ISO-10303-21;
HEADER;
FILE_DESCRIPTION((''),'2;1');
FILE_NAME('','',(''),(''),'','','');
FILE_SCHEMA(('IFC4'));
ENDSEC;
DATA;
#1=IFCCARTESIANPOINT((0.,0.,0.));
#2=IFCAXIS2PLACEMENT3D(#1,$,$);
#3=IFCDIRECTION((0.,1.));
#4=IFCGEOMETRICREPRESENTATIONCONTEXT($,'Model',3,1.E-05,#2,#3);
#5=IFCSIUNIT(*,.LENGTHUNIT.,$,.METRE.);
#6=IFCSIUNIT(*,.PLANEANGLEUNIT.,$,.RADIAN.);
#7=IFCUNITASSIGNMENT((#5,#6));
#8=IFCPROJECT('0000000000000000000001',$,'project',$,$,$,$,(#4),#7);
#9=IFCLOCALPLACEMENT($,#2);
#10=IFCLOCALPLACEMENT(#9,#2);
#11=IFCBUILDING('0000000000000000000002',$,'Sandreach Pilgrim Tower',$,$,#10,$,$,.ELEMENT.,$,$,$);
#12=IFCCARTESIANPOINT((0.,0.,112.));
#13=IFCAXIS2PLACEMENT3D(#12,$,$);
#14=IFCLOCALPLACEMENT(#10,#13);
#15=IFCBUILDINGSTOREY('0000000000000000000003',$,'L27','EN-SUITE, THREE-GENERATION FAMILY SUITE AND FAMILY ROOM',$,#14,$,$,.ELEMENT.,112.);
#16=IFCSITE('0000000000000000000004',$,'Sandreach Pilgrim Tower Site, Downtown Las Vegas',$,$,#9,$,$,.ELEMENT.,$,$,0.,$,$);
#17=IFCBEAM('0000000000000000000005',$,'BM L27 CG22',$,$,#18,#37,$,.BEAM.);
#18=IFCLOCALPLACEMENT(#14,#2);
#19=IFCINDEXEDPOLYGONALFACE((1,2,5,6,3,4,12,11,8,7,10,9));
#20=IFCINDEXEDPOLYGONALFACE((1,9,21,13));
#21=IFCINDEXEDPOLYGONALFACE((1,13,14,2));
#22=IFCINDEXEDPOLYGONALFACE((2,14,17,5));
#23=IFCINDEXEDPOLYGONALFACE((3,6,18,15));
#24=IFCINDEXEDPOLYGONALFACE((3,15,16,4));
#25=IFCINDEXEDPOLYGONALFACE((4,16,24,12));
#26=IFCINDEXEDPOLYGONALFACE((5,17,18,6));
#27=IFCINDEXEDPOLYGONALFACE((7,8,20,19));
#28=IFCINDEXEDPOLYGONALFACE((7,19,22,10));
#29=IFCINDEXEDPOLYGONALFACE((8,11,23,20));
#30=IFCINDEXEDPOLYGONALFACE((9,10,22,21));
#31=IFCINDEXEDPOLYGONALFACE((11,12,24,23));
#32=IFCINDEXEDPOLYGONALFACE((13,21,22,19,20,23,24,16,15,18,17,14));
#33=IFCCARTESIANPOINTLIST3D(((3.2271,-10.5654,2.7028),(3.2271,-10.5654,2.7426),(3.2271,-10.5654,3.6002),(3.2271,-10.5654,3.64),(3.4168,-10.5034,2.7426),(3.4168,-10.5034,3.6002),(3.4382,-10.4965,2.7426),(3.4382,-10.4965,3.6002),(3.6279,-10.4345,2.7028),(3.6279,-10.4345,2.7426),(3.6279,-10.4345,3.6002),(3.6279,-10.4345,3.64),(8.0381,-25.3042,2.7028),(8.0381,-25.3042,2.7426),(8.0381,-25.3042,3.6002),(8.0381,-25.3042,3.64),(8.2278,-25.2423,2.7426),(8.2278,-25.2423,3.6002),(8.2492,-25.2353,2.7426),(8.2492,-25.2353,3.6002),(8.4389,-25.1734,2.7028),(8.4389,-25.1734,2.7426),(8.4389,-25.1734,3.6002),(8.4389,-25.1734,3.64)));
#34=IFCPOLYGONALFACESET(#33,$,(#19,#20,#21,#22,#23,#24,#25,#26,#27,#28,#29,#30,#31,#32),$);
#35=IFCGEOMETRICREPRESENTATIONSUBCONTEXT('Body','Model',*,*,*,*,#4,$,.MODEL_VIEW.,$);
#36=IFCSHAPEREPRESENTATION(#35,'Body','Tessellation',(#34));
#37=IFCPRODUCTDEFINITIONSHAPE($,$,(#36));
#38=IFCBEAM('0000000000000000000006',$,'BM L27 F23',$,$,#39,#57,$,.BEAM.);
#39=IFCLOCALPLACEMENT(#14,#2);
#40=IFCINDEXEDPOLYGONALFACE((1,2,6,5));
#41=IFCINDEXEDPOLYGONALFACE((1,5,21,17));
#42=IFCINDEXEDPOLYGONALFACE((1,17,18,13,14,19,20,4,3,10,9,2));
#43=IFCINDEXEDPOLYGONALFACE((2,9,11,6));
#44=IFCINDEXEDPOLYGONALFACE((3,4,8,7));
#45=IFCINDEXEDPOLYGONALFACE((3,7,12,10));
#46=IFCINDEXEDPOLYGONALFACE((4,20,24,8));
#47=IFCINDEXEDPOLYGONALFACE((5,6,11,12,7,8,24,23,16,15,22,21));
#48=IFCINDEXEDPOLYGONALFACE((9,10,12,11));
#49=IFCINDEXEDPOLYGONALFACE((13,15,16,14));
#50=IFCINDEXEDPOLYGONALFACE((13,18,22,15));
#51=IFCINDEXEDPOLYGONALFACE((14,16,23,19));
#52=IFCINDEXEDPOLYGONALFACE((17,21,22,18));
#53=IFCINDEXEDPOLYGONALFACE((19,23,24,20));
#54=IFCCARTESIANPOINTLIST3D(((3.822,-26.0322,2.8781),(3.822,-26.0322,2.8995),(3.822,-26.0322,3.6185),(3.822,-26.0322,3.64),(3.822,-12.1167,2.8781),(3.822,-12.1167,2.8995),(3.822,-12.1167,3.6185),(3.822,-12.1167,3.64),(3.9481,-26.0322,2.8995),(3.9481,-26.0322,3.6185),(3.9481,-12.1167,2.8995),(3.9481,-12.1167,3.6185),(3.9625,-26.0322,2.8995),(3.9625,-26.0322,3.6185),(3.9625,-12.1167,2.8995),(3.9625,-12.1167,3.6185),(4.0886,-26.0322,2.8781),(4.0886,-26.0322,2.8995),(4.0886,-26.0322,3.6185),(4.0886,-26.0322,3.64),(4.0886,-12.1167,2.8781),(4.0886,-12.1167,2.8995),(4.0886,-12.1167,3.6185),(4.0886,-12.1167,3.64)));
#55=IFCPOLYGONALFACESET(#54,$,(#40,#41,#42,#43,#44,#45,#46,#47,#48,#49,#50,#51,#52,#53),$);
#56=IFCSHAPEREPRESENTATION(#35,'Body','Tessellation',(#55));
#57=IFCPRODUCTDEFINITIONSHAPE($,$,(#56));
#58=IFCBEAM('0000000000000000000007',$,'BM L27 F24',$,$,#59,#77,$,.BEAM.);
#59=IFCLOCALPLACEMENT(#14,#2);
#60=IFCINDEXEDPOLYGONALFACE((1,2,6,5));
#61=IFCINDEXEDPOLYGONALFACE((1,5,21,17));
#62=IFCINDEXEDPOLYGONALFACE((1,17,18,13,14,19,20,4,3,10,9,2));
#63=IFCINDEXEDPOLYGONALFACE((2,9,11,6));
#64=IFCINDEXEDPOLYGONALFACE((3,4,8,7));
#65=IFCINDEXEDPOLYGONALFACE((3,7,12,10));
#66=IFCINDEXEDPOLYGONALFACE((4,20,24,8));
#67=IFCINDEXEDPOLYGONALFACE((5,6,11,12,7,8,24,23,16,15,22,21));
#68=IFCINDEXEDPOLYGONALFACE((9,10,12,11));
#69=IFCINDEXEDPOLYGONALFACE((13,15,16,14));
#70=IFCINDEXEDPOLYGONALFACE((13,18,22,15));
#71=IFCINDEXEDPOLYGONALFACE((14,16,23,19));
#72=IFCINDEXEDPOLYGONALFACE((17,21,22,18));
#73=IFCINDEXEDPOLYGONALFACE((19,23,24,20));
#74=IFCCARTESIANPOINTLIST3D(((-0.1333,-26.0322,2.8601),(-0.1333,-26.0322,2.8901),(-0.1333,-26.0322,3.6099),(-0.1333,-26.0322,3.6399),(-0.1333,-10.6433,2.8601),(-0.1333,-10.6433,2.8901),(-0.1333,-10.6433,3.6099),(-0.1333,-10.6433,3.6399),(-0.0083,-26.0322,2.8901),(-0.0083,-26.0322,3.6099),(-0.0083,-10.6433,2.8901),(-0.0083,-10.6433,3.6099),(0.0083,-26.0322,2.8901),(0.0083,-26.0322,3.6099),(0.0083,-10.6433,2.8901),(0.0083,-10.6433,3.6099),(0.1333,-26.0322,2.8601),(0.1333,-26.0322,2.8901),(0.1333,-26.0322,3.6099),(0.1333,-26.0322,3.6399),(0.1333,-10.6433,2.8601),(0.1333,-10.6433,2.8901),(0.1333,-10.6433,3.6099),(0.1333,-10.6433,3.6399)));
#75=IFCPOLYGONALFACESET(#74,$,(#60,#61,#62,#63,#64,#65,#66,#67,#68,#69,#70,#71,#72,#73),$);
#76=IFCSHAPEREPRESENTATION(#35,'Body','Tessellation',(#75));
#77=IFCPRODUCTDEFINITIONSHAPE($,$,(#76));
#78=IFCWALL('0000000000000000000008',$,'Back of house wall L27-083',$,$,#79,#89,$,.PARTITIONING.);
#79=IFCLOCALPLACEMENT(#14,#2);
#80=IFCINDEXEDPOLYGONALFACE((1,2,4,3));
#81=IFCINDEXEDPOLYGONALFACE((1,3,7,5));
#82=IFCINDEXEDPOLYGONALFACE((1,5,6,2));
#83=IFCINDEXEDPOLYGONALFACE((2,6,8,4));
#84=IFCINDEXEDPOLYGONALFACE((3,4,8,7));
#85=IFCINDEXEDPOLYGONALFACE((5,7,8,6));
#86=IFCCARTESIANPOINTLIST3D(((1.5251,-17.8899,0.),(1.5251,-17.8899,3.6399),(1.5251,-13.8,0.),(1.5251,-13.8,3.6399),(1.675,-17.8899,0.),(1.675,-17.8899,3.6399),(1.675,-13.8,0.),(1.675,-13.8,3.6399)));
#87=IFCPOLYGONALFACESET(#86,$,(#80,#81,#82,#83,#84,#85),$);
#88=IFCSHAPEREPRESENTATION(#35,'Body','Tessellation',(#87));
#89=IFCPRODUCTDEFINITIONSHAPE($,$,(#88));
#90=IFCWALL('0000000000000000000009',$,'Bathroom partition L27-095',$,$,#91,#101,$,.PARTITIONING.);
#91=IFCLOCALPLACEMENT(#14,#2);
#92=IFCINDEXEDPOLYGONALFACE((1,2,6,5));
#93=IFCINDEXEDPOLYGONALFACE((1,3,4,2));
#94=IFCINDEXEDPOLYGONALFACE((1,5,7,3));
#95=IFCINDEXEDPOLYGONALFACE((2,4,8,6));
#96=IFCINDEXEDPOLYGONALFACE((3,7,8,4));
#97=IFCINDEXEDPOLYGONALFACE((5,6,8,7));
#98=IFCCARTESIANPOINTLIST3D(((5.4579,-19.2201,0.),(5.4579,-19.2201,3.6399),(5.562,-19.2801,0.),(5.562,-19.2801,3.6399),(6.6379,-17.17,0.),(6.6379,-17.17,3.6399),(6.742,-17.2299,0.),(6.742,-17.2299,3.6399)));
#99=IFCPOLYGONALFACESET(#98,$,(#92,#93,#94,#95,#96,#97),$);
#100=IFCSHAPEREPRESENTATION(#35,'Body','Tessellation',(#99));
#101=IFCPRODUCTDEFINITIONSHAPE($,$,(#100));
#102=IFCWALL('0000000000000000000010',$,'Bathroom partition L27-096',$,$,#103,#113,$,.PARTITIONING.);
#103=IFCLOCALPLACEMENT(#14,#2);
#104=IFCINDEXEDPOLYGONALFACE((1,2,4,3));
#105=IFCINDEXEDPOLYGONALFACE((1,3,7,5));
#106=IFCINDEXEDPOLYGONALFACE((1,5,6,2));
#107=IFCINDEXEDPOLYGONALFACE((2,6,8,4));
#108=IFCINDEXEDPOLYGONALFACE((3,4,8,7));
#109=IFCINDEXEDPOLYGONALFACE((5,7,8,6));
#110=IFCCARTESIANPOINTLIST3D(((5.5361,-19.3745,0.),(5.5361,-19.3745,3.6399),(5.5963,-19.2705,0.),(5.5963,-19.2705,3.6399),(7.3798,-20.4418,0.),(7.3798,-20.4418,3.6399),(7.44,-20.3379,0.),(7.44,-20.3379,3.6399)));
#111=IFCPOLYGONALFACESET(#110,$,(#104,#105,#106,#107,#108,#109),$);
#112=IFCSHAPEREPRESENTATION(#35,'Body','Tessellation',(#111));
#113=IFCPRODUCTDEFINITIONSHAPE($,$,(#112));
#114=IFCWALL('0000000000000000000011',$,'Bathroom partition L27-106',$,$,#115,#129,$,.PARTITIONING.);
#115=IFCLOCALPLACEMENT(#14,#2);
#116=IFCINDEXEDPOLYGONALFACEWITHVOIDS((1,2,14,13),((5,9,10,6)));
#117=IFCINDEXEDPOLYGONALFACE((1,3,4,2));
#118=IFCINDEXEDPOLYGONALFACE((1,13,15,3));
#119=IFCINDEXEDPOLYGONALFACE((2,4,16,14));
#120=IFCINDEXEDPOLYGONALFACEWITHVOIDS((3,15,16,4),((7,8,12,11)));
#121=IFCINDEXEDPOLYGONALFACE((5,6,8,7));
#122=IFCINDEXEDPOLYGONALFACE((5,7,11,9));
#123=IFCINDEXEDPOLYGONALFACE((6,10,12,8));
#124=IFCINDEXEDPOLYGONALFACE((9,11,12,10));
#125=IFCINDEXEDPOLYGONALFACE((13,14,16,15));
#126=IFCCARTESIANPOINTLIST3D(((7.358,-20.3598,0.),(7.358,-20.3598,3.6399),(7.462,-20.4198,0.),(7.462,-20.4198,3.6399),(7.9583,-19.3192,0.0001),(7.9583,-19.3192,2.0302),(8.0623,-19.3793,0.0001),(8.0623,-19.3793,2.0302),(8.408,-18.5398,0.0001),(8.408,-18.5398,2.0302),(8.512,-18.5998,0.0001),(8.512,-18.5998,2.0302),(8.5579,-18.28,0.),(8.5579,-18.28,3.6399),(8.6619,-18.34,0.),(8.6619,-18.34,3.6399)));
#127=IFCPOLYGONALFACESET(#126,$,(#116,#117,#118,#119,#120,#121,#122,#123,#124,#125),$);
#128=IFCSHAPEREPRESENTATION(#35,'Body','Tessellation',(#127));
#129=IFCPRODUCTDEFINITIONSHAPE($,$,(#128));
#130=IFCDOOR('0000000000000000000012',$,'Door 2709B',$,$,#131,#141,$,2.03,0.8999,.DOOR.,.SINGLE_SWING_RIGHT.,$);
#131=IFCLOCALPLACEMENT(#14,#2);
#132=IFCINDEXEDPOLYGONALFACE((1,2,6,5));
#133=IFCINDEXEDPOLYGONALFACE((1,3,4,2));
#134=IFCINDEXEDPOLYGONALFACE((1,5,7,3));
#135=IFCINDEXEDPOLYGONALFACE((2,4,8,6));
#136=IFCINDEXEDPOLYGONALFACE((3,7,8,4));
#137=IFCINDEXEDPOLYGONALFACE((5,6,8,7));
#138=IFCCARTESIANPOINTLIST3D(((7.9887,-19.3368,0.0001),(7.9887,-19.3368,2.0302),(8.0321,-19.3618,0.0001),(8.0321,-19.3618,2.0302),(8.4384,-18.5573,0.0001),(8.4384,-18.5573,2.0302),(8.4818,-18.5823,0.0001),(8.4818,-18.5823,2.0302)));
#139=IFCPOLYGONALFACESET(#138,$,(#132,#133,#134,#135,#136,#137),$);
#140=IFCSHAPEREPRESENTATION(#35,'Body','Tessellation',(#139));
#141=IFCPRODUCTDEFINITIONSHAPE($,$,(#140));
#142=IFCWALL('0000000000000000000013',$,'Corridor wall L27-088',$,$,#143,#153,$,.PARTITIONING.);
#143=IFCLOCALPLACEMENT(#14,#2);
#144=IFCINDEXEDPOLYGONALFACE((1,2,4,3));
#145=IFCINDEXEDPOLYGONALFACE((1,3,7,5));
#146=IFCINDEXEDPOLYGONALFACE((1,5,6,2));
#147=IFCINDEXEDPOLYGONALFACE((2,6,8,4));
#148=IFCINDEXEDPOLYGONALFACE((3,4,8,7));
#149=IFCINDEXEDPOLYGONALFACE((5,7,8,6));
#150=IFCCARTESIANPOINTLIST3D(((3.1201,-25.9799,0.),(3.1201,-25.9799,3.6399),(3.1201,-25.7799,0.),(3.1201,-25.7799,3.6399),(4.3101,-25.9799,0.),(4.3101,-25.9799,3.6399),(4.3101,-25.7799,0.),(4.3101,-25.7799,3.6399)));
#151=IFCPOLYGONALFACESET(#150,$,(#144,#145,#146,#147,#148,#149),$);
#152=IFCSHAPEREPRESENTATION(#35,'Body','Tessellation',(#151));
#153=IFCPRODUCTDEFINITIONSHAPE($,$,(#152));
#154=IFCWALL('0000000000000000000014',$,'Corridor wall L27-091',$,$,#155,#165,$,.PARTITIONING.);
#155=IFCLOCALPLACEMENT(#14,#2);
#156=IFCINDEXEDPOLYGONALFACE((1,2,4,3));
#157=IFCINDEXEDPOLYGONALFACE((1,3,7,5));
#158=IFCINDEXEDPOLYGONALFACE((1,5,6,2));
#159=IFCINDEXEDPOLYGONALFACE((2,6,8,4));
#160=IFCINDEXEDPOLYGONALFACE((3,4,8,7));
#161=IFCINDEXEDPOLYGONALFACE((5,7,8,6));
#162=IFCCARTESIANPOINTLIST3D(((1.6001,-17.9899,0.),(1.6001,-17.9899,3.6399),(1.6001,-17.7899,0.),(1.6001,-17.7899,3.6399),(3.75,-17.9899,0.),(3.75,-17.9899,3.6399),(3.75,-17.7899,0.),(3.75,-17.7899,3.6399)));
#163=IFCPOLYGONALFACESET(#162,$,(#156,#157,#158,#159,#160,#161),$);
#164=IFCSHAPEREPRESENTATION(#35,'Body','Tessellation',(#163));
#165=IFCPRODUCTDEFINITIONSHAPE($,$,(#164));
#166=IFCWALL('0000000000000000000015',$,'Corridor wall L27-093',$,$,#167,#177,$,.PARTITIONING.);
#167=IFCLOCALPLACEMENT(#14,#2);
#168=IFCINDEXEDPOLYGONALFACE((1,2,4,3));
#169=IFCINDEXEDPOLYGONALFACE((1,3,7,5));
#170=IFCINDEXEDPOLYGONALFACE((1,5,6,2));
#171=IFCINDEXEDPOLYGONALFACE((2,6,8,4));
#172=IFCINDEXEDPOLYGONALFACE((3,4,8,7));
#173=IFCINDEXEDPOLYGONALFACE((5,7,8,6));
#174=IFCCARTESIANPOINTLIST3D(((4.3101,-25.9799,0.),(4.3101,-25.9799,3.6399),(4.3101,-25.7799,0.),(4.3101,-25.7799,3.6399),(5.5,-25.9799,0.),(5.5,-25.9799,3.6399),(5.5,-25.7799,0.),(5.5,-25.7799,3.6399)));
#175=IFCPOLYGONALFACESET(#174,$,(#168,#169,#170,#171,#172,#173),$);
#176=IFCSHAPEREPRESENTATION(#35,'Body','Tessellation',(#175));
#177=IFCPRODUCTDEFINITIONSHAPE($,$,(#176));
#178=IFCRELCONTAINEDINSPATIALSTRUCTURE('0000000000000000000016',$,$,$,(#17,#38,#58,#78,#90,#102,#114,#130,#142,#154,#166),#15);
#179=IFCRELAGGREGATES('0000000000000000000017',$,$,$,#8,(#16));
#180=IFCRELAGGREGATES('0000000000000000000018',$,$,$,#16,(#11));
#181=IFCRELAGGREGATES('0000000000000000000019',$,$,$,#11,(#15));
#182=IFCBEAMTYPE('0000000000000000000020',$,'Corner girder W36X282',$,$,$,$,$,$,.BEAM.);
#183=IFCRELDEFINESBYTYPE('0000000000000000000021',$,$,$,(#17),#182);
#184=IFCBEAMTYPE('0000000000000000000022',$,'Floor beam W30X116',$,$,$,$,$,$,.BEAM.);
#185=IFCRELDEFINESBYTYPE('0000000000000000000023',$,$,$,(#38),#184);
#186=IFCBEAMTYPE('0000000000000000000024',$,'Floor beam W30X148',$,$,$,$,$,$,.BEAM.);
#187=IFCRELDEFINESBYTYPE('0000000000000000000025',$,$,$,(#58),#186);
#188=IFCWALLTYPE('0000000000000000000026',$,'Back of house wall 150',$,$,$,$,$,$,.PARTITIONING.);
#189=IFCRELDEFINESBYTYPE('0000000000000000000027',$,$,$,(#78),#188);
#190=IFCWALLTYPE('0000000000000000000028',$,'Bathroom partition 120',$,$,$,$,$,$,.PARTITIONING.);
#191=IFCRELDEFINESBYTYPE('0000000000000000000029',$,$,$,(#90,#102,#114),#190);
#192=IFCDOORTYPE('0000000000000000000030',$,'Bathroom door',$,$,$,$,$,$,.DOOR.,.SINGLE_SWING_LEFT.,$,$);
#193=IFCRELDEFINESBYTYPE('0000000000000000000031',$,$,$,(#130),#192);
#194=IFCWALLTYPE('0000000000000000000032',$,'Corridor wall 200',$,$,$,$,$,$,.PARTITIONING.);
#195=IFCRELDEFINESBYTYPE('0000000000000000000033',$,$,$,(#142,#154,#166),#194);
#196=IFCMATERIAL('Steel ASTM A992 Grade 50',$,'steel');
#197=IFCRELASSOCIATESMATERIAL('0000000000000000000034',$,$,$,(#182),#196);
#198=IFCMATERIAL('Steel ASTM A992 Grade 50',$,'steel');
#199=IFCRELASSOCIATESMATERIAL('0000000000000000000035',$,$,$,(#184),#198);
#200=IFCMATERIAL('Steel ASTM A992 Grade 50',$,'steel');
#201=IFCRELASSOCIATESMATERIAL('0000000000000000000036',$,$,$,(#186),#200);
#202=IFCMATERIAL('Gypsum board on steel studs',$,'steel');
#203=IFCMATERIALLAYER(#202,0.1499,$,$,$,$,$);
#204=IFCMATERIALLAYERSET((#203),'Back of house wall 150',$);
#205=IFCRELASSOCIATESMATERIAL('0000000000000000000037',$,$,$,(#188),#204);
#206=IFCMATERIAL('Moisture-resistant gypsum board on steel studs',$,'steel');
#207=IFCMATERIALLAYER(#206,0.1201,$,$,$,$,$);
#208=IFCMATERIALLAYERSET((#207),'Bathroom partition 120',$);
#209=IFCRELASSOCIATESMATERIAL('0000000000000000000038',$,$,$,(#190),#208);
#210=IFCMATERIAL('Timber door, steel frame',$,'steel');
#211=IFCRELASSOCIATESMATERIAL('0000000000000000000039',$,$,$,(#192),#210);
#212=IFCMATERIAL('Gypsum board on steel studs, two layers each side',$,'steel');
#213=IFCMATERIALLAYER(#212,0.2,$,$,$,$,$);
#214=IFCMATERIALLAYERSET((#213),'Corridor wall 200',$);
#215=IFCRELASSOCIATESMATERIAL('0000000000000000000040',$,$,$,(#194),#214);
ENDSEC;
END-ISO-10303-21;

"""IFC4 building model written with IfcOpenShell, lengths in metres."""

from ifc_helpers import new_model, si_unit, direction, frame, frame_2d, origin, origin_2d, place, context, subcontext, project, spatial, rectangle, i_section, extrude, material, layer, layer_set, material_profile, profile_set, type_object, element, fill, save


model = new_model("IFC4")

# Units and contexts
model_context = context("Model", 3, precision=1e-05, world=origin(), true_north=direction((0.0, 1.0)))
body_context = subcontext(model_context, "Body", "Model", "MODEL_VIEW")
ifc_project = project(units=[si_unit("LENGTHUNIT", "METRE"), si_unit("PLANEANGLEUNIT", "RADIAN")], contexts=[model_context])

# Site, building, storey
site_placement = place(None, origin())
site = spatial("IfcSite", under=ifc_project, at=site_placement, Name="Sandreach Pilgrim Tower Site, Downtown Las Vegas", CompositionType="ELEMENT", RefElevation=0.0)
building_placement = place(site_placement, origin())
building = spatial("IfcBuilding", under=site, at=building_placement, Name="Sandreach Pilgrim Tower", CompositionType="ELEMENT")
storey_placement = place(building_placement, frame((0.0, 0.0, 112.0)))
storey = spatial("IfcBuildingStorey", under=building, at=storey_placement, Name="L27", Description="EN-SUITE, THREE-GENERATION FAMILY SUITE AND FAMILY ROOM", CompositionType="ELEMENT", Elevation=112.0)

# Beams
ifc_material_1 = material(Name="Steel ASTM A992 Grade 50", Category="steel")
ifc_material_profile_1 = material_profile(ifc_material_1, i_section(OverallWidth=0.4216, OverallDepth=0.9373, WebThickness=0.0225, FlangeThickness=0.0398, at=origin_2d()), Name="W36X282")
ifc_profile_set_1 = profile_set([ifc_material_profile_1], Name="Steel ASTM A992 Grade 50")
beam_type_1 = type_object("IfcBeamType", Name="Corner girder W36X282", PredefinedType="BEAM", material=ifc_profile_set_1)
beam_1_placement = place(storey_placement, frame((8.2385, -25.2388, 3.1714), z_axis=(-0.310307, 0.950636, 0.0), x_axis=(-0.950636, -0.310307, 0.0)))
element("IfcBeam", 1, at=beam_1_placement, inside=storey, type_object=beam_type_1, Name="BM L27 CG22", PredefinedType="BEAM", context=body_context, shape_type="SweptSolid", body=[
    extrude(i_section(OverallWidth=0.4216, OverallDepth=0.9373, WebThickness=0.0225, FlangeThickness=0.0398, at=origin_2d()), origin(), (0.0, 0.0, 1.0), 15.5042),
])
ifc_material_2 = material(Name="Steel ASTM A992 Grade 50", Category="steel")
ifc_material_profile_2 = material_profile(ifc_material_2, i_section(OverallWidth=0.2666, OverallDepth=0.762, WebThickness=0.0144, FlangeThickness=0.0215, at=origin_2d()), Name="W30X116")
ifc_profile_set_2 = profile_set([ifc_material_profile_2], Name="Steel ASTM A992 Grade 50")
beam_type_2 = type_object("IfcBeamType", Name="Floor beam W30X116", PredefinedType="BEAM", material=ifc_profile_set_2)
beam_2_placement = place(storey_placement, frame((3.9553, -26.0322, 3.259), z_axis=(0.0, 1.0, 0.0), x_axis=(-1.0, 0.0, 0.0)))
element("IfcBeam", 2, at=beam_2_placement, inside=storey, type_object=beam_type_2, Name="BM L27 F23", PredefinedType="BEAM", context=body_context, shape_type="SweptSolid", body=[
    extrude(i_section(OverallWidth=0.2666, OverallDepth=0.762, WebThickness=0.0144, FlangeThickness=0.0215, at=origin_2d()), origin(), (0.0, 0.0, 1.0), 13.9155),
])
ifc_material_3 = material(Name="Steel ASTM A992 Grade 50", Category="steel")
ifc_material_profile_3 = material_profile(ifc_material_3, i_section(OverallWidth=0.2666, OverallDepth=0.7798, WebThickness=0.0166, FlangeThickness=0.03, at=origin_2d()), Name="W30X148")
ifc_profile_set_3 = profile_set([ifc_material_profile_3], Name="Steel ASTM A992 Grade 50")
beam_type_3 = type_object("IfcBeamType", Name="Floor beam W30X148", PredefinedType="BEAM", material=ifc_profile_set_3)
beam_3_placement = place(storey_placement, frame((0.0, -26.0322, 3.25), z_axis=(0.0, 1.0, 0.0), x_axis=(-1.0, 0.0, 0.0)))
element("IfcBeam", 3, at=beam_3_placement, inside=storey, type_object=beam_type_3, Name="BM L27 F24", PredefinedType="BEAM", context=body_context, shape_type="SweptSolid", body=[
    extrude(i_section(OverallWidth=0.2666, OverallDepth=0.7798, WebThickness=0.0166, FlangeThickness=0.03, at=origin_2d()), origin(), (0.0, 0.0, 1.0), 15.3889),
])

# Walls
ifc_material_4 = material(Name="Gypsum board on steel studs", Category="steel")
ifc_layer_1 = layer(ifc_material_4, 0.1499)
ifc_layer_set_1 = layer_set([ifc_layer_1], Name="Back of house wall 150")
wall_type_1 = type_object("IfcWallType", Name="Back of house wall 150", PredefinedType="PARTITIONING", material=ifc_layer_set_1)
wall_1_placement = place(storey_placement, frame((1.6001, -13.8, 0.0), z_axis=(0.0, 0.0, 1.0), x_axis=(0.0, -1.0, 0.0)))
element("IfcWall", 4, at=wall_1_placement, inside=storey, type_object=wall_type_1, Name="Back of house wall L27-083", PredefinedType="PARTITIONING", context=body_context, shape_type="SweptSolid", body=[
    extrude(rectangle(XDim=4.0898, YDim=0.1499, at=frame_2d((2.0449, 0.0))), origin(), (0.0, 0.0, 1.0), 3.6399),
])
ifc_material_5 = material(Name="Moisture-resistant gypsum board on steel studs", Category="steel")
ifc_layer_2 = layer(ifc_material_5, 0.1201)
ifc_layer_set_2 = layer_set([ifc_layer_2], Name="Bathroom partition 120")
wall_type_2 = type_object("IfcWallType", Name="Bathroom partition 120", PredefinedType="PARTITIONING", material=ifc_layer_set_2)
wall_2_placement = place(storey_placement, frame((5.51, -19.25, 0.0), z_axis=(0.0, 0.0, 1.0), x_axis=(0.498838, 0.866695, 0.0)))
element("IfcWall", 5, at=wall_2_placement, inside=storey, type_object=wall_type_2, Name="Bathroom partition L27-095", PredefinedType="PARTITIONING", context=body_context, shape_type="SweptSolid", body=[
    extrude(rectangle(XDim=2.3655, YDim=0.1201, at=frame_2d((1.1826, 0.0))), origin(), (0.0, 0.0, 1.0), 3.6399),
])
wall_3_placement = place(storey_placement, frame((5.5662, -19.3225, 0.0), z_axis=(0.0, 0.0, 1.0), x_axis=(0.865437, -0.501018, 0.0)))
element("IfcWall", 6, at=wall_3_placement, inside=storey, type_object=wall_type_2, Name="Bathroom partition L27-096", PredefinedType="PARTITIONING", context=body_context, shape_type="SweptSolid", body=[
    extrude(rectangle(XDim=2.1304, YDim=0.1201, at=frame_2d((1.0652, 0.0))), origin(), (0.0, 0.0, 1.0), 3.6399),
])

# Wall, opening, door
wall_4_placement = place(storey_placement, frame((7.4099, -20.3899, 0.0), z_axis=(0.0, 0.0, 1.0), x_axis=(0.499737, 0.866177, 0.0)))
wall_4 = element("IfcWall", 7, at=wall_4_placement, inside=storey, type_object=wall_type_2, Name="Bathroom partition L27-106", PredefinedType="PARTITIONING", context=body_context, shape_type="SweptSolid", body=[
    extrude(rectangle(XDim=2.4011, YDim=0.1201, at=frame_2d((1.2007, 0.0))), origin(), (0.0, 0.0, 1.0), 3.6399),
])
opening_1_placement = place(wall_4_placement, frame((1.2014, 0.0, 0.0)))
opening_1 = element("IfcOpeningElement", 8, at=opening_1_placement, cuts=wall_4, PredefinedType="OPENING", context=body_context, shape_type="SweptSolid", body=[
    extrude(rectangle(XDim=0.8999, YDim=2.03, at=frame_2d((0.45, 1.0151))), frame((0.0, 0.0601, 0.0), z_axis=(0.0, -1.0, 0.0), x_axis=(1.0, 0.0, 0.0)), (0.0, 0.0, 1.0), 0.1201),
])
ifc_material_6 = material(Name="Timber door, steel frame", Category="steel")
door_type_1 = type_object("IfcDoorType", Name="Bathroom door", OperationType="SINGLE_SWING_LEFT", PredefinedType="DOOR", material=ifc_material_6)
door_1_placement = place(opening_1_placement, origin())
door_1 = element("IfcDoor", 9, at=door_1_placement, inside=storey, type_object=door_type_1, Name="Door 2709B", OperationType="SINGLE_SWING_RIGHT", OverallHeight=2.03, OverallWidth=0.8999, PredefinedType="DOOR", context=body_context, shape_type="SweptSolid", body=[
    extrude(rectangle(XDim=0.8999, YDim=2.03, at=frame_2d((0.45, 1.0151))), frame((0.0, 0.0249, 0.0), z_axis=(0.0, -1.0, 0.0), x_axis=(1.0, 0.0, 0.0)), (0.0, 0.0, 1.0), 0.05),
])
fill(opening_1, door_1)
ifc_material_7 = material(Name="Gypsum board on steel studs, two layers each side", Category="steel")
ifc_layer_3 = layer(ifc_material_7, 0.2)
ifc_layer_set_3 = layer_set([ifc_layer_3], Name="Corridor wall 200")
wall_type_3 = type_object("IfcWallType", Name="Corridor wall 200", PredefinedType="PARTITIONING", material=ifc_layer_set_3)

# Walls
wall_5_placement = place(storey_placement, frame((3.1201, -25.8799, 0.0), z_axis=(0.0, 0.0, 1.0), x_axis=(1.0, 0.0, 0.0)))
element("IfcWall", 10, at=wall_5_placement, inside=storey, type_object=wall_type_3, Name="Corridor wall L27-088", PredefinedType="PARTITIONING", context=body_context, shape_type="SweptSolid", body=[
    extrude(rectangle(XDim=1.1899, YDim=0.2, at=frame_2d((0.595, 0.0))), origin(), (0.0, 0.0, 1.0), 3.6399),
])
wall_6_placement = place(storey_placement, frame((3.75, -17.8899, 0.0), z_axis=(0.0, 0.0, 1.0), x_axis=(-1.0, 0.0, 0.0)))
element("IfcWall", 11, at=wall_6_placement, inside=storey, type_object=wall_type_3, Name="Corridor wall L27-091", PredefinedType="PARTITIONING", context=body_context, shape_type="SweptSolid", body=[
    extrude(rectangle(XDim=2.1499, YDim=0.2, at=frame_2d((1.075, 0.0))), origin(), (0.0, 0.0, 1.0), 3.6399),
])
wall_7_placement = place(storey_placement, frame((4.3101, -25.8799, 0.0), z_axis=(0.0, 0.0, 1.0), x_axis=(1.0, 0.0, 0.0)))
element("IfcWall", 12, at=wall_7_placement, inside=storey, type_object=wall_type_3, Name="Corridor wall L27-093", PredefinedType="PARTITIONING", context=body_context, shape_type="SweptSolid", body=[
    extrude(rectangle(XDim=1.1899, YDim=0.2, at=frame_2d((0.595, 0.0))), origin(), (0.0, 0.0, 1.0), 3.6399),
])

save(model, "model.ifc")
